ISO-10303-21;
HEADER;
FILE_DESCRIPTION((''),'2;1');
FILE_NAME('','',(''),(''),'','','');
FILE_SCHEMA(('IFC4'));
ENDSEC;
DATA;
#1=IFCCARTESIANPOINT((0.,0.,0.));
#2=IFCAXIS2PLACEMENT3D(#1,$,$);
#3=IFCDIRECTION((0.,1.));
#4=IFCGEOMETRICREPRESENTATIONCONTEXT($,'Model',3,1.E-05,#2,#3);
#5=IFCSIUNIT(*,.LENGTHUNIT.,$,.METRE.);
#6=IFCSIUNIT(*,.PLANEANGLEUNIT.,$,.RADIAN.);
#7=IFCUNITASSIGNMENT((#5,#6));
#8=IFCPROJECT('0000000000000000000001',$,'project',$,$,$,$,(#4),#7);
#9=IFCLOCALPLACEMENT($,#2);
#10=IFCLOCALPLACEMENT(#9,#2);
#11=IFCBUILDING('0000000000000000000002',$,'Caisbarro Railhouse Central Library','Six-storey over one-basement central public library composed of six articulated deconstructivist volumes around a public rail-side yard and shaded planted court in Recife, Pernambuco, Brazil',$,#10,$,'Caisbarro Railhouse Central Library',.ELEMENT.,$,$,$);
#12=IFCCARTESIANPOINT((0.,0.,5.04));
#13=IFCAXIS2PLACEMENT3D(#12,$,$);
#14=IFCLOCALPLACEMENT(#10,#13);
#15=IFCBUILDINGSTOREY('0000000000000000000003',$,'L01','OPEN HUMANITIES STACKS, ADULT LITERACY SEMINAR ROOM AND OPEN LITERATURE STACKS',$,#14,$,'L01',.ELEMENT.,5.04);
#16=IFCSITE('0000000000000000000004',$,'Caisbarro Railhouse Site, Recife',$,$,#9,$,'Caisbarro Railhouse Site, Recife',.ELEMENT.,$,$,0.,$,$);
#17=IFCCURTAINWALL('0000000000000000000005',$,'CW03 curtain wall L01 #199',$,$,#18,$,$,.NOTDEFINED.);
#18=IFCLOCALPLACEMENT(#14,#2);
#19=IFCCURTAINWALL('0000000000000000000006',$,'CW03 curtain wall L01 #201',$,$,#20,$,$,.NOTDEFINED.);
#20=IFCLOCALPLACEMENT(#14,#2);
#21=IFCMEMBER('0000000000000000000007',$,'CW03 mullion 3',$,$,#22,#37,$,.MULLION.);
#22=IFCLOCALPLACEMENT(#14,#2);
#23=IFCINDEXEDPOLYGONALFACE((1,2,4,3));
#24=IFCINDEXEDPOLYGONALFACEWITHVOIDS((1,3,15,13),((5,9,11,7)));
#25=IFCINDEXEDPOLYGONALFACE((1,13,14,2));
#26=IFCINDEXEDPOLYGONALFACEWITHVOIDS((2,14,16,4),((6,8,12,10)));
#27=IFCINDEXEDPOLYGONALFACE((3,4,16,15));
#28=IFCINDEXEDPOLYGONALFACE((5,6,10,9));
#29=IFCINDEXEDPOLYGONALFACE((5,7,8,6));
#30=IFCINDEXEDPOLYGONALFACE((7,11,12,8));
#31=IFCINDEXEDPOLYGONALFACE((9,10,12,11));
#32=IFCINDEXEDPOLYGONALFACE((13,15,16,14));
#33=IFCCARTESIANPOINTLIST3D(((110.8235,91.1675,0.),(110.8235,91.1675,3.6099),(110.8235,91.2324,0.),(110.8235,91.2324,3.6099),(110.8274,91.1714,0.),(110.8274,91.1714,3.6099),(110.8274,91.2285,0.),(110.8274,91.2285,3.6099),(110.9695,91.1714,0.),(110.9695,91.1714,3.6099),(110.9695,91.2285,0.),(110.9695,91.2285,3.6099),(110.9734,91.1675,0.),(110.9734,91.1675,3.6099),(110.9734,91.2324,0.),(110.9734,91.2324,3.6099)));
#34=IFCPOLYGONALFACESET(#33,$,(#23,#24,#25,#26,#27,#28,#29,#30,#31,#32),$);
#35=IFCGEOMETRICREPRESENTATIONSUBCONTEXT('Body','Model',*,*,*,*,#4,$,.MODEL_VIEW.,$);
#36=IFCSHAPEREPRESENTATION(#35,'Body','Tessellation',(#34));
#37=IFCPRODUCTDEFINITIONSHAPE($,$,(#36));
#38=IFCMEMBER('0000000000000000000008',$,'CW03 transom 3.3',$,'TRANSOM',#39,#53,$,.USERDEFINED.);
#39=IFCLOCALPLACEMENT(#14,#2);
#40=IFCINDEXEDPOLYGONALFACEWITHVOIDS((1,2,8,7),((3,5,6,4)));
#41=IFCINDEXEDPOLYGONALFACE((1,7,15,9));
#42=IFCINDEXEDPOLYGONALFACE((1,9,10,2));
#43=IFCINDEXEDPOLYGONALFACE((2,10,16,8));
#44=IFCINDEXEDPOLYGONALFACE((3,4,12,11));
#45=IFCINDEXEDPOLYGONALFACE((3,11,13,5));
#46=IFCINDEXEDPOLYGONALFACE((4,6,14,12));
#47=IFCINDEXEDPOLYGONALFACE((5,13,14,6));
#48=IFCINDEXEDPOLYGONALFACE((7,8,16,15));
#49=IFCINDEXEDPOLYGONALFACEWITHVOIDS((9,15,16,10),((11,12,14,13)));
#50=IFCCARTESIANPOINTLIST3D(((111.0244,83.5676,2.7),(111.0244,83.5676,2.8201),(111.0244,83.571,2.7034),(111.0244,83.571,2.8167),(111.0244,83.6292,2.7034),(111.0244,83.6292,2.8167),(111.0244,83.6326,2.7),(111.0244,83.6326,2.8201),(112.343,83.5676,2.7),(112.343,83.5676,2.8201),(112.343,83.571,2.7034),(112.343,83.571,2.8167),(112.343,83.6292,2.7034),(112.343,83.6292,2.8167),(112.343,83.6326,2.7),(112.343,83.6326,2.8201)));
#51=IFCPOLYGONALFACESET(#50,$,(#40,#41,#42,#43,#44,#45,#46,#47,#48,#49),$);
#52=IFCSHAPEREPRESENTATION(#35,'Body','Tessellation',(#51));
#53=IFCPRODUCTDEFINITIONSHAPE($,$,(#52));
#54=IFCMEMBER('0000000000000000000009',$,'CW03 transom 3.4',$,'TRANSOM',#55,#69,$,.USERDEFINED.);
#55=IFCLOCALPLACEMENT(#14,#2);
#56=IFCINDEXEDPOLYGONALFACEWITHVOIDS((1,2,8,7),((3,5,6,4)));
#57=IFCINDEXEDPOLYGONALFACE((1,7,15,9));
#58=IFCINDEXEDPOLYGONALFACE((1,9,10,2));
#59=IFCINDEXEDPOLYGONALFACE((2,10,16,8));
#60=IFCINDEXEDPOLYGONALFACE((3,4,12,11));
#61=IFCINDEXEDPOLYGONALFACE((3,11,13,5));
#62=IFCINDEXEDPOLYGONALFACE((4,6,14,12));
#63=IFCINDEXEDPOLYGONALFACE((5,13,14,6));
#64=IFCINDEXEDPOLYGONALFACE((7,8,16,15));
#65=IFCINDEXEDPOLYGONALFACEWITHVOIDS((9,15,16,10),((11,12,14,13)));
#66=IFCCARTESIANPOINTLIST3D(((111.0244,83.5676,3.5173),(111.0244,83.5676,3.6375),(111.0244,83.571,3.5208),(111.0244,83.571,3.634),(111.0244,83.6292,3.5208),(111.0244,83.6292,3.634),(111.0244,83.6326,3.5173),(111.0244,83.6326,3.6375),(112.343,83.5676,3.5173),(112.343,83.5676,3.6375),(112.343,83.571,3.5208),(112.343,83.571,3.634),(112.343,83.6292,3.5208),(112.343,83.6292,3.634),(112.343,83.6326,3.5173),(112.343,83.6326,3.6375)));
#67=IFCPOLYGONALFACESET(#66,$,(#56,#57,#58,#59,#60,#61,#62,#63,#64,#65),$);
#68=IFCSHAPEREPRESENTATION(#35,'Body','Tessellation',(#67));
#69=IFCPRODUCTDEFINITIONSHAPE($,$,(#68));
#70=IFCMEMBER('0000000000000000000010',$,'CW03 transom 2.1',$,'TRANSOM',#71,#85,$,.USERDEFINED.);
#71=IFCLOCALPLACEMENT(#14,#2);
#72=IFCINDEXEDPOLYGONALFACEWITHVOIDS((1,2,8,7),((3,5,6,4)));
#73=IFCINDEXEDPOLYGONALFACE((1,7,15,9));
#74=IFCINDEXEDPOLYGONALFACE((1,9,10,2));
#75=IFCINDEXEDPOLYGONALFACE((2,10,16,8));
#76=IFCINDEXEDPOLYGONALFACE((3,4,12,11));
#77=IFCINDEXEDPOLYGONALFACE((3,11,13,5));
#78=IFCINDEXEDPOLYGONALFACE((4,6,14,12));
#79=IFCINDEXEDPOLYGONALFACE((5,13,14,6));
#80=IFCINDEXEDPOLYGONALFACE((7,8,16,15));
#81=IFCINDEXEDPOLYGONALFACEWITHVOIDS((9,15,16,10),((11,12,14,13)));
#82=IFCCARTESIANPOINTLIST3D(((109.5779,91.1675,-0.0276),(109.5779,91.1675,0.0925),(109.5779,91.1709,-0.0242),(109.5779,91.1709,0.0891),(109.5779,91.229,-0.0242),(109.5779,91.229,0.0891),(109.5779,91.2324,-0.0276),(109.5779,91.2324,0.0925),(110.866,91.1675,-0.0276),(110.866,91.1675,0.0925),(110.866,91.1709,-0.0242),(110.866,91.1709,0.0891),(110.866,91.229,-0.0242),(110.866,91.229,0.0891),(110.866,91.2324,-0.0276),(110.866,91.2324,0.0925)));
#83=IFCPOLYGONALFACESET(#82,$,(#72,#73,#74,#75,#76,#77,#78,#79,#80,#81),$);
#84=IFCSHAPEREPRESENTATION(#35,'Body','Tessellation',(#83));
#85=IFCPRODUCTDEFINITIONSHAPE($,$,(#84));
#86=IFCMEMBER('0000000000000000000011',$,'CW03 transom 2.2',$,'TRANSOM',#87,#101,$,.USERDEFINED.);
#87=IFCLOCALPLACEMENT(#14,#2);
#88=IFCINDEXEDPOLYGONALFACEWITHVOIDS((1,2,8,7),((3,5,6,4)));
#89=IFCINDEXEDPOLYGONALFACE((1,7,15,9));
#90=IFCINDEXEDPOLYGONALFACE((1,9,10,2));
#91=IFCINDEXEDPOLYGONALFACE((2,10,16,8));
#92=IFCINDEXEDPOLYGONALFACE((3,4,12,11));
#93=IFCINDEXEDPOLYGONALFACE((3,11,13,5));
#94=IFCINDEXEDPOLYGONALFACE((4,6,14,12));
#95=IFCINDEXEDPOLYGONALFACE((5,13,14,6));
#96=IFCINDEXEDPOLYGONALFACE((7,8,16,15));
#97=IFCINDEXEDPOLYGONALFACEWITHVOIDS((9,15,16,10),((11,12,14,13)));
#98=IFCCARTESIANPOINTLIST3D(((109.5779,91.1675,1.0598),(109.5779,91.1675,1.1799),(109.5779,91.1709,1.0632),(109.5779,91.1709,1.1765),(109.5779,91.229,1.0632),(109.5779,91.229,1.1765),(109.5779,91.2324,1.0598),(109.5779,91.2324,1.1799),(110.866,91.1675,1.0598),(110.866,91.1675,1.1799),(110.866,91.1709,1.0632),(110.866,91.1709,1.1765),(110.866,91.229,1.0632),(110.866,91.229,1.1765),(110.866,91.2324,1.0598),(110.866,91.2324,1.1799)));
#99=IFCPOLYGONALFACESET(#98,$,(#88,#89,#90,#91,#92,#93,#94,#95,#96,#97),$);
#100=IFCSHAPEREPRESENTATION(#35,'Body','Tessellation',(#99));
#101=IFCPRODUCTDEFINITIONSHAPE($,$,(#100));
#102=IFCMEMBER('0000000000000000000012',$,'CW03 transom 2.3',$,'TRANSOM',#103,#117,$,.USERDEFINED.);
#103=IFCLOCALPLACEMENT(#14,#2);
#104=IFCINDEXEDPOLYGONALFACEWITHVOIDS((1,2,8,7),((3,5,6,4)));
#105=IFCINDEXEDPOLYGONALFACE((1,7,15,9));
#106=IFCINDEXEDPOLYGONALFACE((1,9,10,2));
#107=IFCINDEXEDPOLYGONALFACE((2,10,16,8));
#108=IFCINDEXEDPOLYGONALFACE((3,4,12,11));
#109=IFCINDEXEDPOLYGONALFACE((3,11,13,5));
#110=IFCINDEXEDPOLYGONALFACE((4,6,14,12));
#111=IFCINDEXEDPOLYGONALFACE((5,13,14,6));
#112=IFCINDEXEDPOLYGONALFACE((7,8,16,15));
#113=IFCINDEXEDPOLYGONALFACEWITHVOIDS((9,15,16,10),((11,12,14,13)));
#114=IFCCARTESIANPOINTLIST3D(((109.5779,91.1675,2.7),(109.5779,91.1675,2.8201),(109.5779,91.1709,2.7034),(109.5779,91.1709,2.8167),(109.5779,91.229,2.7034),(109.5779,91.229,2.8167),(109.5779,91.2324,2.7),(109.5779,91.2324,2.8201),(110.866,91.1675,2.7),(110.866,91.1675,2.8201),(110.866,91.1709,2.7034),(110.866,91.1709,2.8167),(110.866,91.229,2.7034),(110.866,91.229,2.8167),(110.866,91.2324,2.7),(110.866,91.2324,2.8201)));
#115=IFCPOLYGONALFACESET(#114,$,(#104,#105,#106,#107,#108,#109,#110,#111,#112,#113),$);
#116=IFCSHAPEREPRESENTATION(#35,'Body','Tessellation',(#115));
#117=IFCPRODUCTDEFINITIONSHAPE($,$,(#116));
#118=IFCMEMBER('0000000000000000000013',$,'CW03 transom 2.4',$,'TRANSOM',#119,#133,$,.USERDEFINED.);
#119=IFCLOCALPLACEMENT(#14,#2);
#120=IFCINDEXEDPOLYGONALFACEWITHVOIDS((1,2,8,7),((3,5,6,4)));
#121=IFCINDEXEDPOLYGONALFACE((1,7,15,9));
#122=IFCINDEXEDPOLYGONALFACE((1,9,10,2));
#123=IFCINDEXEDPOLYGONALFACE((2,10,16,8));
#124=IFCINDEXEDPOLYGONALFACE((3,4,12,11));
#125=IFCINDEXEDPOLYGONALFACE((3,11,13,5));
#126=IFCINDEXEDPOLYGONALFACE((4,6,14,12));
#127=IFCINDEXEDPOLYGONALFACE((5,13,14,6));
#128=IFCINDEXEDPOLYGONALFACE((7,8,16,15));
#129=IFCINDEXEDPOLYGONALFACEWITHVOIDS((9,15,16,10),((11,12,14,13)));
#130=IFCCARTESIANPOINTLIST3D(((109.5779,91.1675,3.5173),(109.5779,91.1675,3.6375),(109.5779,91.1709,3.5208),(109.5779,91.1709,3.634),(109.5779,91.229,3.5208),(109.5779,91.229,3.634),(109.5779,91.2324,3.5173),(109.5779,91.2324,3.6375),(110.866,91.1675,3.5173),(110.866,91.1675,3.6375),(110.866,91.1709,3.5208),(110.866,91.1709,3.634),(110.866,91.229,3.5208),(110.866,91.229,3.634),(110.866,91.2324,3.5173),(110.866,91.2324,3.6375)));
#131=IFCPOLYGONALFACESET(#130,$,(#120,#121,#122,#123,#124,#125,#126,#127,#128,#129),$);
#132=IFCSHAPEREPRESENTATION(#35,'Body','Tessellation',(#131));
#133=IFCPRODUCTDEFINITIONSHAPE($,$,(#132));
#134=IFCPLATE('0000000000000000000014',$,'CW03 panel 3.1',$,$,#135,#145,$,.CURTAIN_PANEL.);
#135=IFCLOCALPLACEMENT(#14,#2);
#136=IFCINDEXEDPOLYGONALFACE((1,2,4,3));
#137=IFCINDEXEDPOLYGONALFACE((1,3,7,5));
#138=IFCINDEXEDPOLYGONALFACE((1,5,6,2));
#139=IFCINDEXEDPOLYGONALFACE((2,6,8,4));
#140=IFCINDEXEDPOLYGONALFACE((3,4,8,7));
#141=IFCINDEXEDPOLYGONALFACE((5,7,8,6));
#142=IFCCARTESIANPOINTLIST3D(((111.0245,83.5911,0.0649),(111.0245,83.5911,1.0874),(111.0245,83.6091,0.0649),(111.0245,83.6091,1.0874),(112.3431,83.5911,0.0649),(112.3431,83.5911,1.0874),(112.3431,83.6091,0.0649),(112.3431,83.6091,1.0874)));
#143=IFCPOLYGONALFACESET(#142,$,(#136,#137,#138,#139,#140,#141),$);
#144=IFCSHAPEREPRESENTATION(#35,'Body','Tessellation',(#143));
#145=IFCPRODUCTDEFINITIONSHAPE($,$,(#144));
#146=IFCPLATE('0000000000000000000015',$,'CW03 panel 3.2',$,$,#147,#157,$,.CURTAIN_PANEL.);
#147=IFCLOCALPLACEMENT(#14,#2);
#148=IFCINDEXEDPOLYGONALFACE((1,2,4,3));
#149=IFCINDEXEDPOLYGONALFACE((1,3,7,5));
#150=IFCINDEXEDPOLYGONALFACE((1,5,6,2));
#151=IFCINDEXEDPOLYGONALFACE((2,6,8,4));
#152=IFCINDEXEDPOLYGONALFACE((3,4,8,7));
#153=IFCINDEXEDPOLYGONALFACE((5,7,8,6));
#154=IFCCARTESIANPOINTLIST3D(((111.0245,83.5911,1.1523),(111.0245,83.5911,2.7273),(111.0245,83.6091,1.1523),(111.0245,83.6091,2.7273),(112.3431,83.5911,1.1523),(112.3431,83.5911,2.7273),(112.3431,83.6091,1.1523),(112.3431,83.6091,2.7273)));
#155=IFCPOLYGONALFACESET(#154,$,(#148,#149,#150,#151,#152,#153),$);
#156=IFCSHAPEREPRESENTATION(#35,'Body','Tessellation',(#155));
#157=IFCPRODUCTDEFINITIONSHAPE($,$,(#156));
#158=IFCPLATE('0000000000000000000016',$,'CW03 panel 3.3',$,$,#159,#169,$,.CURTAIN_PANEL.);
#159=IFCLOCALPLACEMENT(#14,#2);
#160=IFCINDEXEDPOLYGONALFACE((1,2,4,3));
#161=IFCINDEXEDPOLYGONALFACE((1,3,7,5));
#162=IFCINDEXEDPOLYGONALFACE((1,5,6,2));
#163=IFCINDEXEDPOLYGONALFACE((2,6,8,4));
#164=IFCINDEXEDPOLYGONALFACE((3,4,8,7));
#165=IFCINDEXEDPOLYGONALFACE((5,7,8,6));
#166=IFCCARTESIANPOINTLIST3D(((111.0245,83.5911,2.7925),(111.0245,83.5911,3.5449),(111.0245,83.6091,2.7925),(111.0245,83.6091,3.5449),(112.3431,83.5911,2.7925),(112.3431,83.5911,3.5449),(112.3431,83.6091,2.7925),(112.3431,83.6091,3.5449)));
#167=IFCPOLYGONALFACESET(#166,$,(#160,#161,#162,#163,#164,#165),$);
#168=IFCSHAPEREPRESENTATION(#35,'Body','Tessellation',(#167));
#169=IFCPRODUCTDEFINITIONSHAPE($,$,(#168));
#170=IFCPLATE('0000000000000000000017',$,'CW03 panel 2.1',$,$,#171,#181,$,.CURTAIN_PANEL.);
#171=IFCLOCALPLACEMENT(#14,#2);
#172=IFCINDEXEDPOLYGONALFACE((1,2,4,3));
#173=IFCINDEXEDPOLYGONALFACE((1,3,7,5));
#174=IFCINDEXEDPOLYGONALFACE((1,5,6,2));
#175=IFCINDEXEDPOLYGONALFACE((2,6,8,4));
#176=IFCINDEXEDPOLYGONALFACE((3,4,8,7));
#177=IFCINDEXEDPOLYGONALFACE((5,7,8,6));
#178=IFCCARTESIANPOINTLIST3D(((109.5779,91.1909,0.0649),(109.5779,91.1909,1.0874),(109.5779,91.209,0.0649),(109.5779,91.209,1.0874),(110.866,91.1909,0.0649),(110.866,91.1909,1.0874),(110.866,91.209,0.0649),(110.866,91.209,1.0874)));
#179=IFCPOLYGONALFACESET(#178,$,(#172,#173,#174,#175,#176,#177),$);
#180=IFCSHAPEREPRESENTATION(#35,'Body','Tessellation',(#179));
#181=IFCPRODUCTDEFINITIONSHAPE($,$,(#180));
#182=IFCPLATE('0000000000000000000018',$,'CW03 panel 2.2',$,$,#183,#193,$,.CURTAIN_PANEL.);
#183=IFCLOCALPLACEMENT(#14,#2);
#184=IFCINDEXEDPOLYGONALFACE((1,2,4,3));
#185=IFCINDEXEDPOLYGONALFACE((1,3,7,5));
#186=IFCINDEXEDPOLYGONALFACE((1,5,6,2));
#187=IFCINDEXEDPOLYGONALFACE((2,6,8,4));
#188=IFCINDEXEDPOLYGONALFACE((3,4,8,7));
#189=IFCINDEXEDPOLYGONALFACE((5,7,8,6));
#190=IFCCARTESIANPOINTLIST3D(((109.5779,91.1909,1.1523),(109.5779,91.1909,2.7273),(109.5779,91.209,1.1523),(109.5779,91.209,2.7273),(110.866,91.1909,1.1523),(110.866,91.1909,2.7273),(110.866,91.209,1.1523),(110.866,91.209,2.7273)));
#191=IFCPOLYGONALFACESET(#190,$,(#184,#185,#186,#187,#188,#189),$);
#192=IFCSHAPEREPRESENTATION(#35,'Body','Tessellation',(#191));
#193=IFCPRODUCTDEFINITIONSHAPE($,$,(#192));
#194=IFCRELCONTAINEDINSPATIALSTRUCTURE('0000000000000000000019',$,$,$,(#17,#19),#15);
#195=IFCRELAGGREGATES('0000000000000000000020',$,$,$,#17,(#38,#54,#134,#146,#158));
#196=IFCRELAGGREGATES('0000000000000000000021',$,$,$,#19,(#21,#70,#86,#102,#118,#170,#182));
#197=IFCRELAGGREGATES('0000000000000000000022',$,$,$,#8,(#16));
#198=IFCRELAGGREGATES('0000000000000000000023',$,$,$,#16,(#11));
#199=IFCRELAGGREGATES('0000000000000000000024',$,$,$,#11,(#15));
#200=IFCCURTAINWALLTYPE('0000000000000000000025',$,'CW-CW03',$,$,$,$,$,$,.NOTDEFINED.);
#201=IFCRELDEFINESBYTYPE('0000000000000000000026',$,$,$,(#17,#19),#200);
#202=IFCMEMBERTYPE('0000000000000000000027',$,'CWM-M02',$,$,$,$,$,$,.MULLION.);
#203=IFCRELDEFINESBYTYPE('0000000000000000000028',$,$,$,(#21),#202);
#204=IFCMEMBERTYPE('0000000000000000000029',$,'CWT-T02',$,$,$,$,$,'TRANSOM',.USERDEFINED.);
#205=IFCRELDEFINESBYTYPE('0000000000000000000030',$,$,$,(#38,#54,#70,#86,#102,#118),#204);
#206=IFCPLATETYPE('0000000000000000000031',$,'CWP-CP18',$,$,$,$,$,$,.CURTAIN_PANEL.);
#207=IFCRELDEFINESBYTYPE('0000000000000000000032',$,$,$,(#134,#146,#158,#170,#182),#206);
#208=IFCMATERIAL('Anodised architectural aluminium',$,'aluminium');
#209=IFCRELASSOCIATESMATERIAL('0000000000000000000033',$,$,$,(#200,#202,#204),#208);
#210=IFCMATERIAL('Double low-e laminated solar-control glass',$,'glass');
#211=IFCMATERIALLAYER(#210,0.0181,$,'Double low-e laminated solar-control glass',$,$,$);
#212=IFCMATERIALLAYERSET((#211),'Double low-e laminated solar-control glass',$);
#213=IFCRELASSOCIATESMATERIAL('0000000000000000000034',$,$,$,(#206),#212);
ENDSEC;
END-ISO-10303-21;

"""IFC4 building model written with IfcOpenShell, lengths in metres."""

from ifc_helpers import new_model, si_unit, direction, frame, origin, origin_2d, place, context, subcontext, project, spatial, rectangle, hollow_rectangle, extrude, material, layer, layer_set, material_profile, profile_set, type_object, element, aggregate, save


model = new_model("IFC4")

# Units and contexts
model_context = context("Model", 3, precision=1e-05, world=origin(), true_north=direction((0.0, 1.0)))
body_context = subcontext(model_context, "Body", "Model", "MODEL_VIEW")
ifc_project = project(units=[si_unit("LENGTHUNIT", "METRE"), si_unit("PLANEANGLEUNIT", "RADIAN")], contexts=[model_context])

# Site, building, storey
site_placement = place(None, origin())
site = spatial("IfcSite", under=ifc_project, at=site_placement, Name="Caisbarro Railhouse Site, Recife", LongName="Caisbarro Railhouse Site, Recife", CompositionType="ELEMENT", RefElevation=0.0)
building_placement = place(site_placement, origin())
building = spatial("IfcBuilding", under=site, at=building_placement, Name="Caisbarro Railhouse Central Library", Description="Six-storey over one-basement central public library composed of six articulated deconstructivist volumes around a public rail-side yard and shaded planted court in Recife, Pernambuco, Brazil", LongName="Caisbarro Railhouse Central Library", CompositionType="ELEMENT")
storey_placement = place(building_placement, frame((0.0, 0.0, 5.04)))
storey = spatial("IfcBuildingStorey", under=building, at=storey_placement, Name="L01", Description="OPEN HUMANITIES STACKS, ADULT LITERACY SEMINAR ROOM AND OPEN LITERATURE STACKS", LongName="L01", CompositionType="ELEMENT", Elevation=5.04)

# Curtain wall
ifc_material_1 = material(Name="Anodised architectural aluminium", Category="aluminium")
curtain_wall_type = type_object("IfcCurtainWallType", Name="CW-CW03", PredefinedType="NOTDEFINED", material=ifc_material_1)
curtain_wall_1_placement = place(storey_placement, origin())
curtain_wall_1 = element("IfcCurtainWall", 1, at=curtain_wall_1_placement, inside=storey, type_object=curtain_wall_type, Name="CW03 curtain wall L01 #199", PredefinedType="NOTDEFINED")
ifc_material_profile_1 = material_profile(ifc_material_1, hollow_rectangle(XDim=0.0649, YDim=0.1499, WallThickness=0.0039, at=origin_2d()), Name="ALU-MUL-65X150")
ifc_profile_set_1 = profile_set([ifc_material_profile_1], Name="Anodised architectural aluminium")
member_type_1 = type_object("IfcMemberType", Name="CWM-M02", PredefinedType="MULLION", material=ifc_profile_set_1)

# Curtain wall, member
curtain_wall_2_placement = place(storey_placement, origin())
curtain_wall_2 = element("IfcCurtainWall", 2, at=curtain_wall_2_placement, inside=storey, type_object=curtain_wall_type, Name="CW03 curtain wall L01 #201", PredefinedType="NOTDEFINED")
member_1_placement = place(storey_placement, frame((110.8984, 91.2, 0.0), z_axis=(0.0, 0.0, 1.0), x_axis=(0.0, 1.0, 0.0)))
member_1 = element("IfcMember", 3, at=member_1_placement, type_object=member_type_1, Name="CW03 mullion 3", PredefinedType="MULLION", context=body_context, shape_type="SweptSolid", body=[
    extrude(hollow_rectangle(XDim=0.0649, YDim=0.1499, WallThickness=0.0039, at=origin_2d()), origin(), (0.0, 0.0, 1.0), 3.6099),
])

# Members
ifc_material_profile_2 = material_profile(ifc_material_1, hollow_rectangle(XDim=0.0649, YDim=0.1201, WallThickness=0.0034, at=origin_2d()), Name="ALU-TRN-65X120")
ifc_profile_set_2 = profile_set([ifc_material_profile_2], Name="Anodised architectural aluminium")
member_type_2 = type_object("IfcMemberType", Name="CWT-T02", ElementType="TRANSOM", PredefinedType="USERDEFINED", material=ifc_profile_set_2)
member_2_placement = place(storey_placement, frame((111.0244, 83.6001, 2.76), z_axis=(1.0, 0.0, 0.0), x_axis=(0.0, 1.0, 0.0)))
member_2 = element("IfcMember", 4, at=member_2_placement, type_object=member_type_2, Name="CW03 transom 3.3", ObjectType="TRANSOM", PredefinedType="USERDEFINED", context=body_context, shape_type="SweptSolid", body=[
    extrude(hollow_rectangle(XDim=0.0649, YDim=0.1201, WallThickness=0.0034, at=origin_2d()), origin(), (0.0, 0.0, 1.0), 1.3186),
])
member_3_placement = place(storey_placement, frame((111.0244, 83.6001, 3.5774), z_axis=(1.0, 0.0, 0.0), x_axis=(0.0, 1.0, 0.0)))
member_3 = element("IfcMember", 5, at=member_3_placement, type_object=member_type_2, Name="CW03 transom 3.4", ObjectType="TRANSOM", PredefinedType="USERDEFINED", context=body_context, shape_type="SweptSolid", body=[
    extrude(hollow_rectangle(XDim=0.0649, YDim=0.1201, WallThickness=0.0034, at=origin_2d()), origin(), (0.0, 0.0, 1.0), 1.3186),
])
member_4_placement = place(storey_placement, frame((109.5779, 91.2, 0.0325), z_axis=(1.0, 0.0, 0.0), x_axis=(0.0, 1.0, 0.0)))
member_4 = element("IfcMember", 6, at=member_4_placement, type_object=member_type_2, Name="CW03 transom 2.1", ObjectType="TRANSOM", PredefinedType="USERDEFINED", context=body_context, shape_type="SweptSolid", body=[
    extrude(hollow_rectangle(XDim=0.0649, YDim=0.1201, WallThickness=0.0034, at=origin_2d()), origin(), (0.0, 0.0, 1.0), 1.2881),
])
member_5_placement = place(storey_placement, frame((109.5779, 91.2, 1.1199), z_axis=(1.0, 0.0, 0.0), x_axis=(0.0, 1.0, 0.0)))
member_5 = element("IfcMember", 7, at=member_5_placement, type_object=member_type_2, Name="CW03 transom 2.2", ObjectType="TRANSOM", PredefinedType="USERDEFINED", context=body_context, shape_type="SweptSolid", body=[
    extrude(hollow_rectangle(XDim=0.0649, YDim=0.1201, WallThickness=0.0034, at=origin_2d()), origin(), (0.0, 0.0, 1.0), 1.2881),
])
member_6_placement = place(storey_placement, frame((109.5779, 91.2, 2.76), z_axis=(1.0, 0.0, 0.0), x_axis=(0.0, 1.0, 0.0)))
member_6 = element("IfcMember", 8, at=member_6_placement, type_object=member_type_2, Name="CW03 transom 2.3", ObjectType="TRANSOM", PredefinedType="USERDEFINED", context=body_context, shape_type="SweptSolid", body=[
    extrude(hollow_rectangle(XDim=0.0649, YDim=0.1201, WallThickness=0.0034, at=origin_2d()), origin(), (0.0, 0.0, 1.0), 1.2881),
])
member_7_placement = place(storey_placement, frame((109.5779, 91.2, 3.5774), z_axis=(1.0, 0.0, 0.0), x_axis=(0.0, 1.0, 0.0)))
member_7 = element("IfcMember", 9, at=member_7_placement, type_object=member_type_2, Name="CW03 transom 2.4", ObjectType="TRANSOM", PredefinedType="USERDEFINED", context=body_context, shape_type="SweptSolid", body=[
    extrude(hollow_rectangle(XDim=0.0649, YDim=0.1201, WallThickness=0.0034, at=origin_2d()), origin(), (0.0, 0.0, 1.0), 1.2881),
])

# Plates
ifc_material_2 = material(Name="Double low-e laminated solar-control glass", Category="glass")
ifc_layer_1 = layer(ifc_material_2, 0.0181, Name="Double low-e laminated solar-control glass")
ifc_layer_set_1 = layer_set([ifc_layer_1], Name="Double low-e laminated solar-control glass")
plate_type_1 = type_object("IfcPlateType", Name="CWP-CP18", PredefinedType="CURTAIN_PANEL", material=ifc_layer_set_1)
plate_1_placement = place(storey_placement, frame((111.6838, 83.6001, 0.0649), z_axis=(0.0, 0.0, 1.0), x_axis=(1.0, 0.0, 0.0)))
plate_1 = element("IfcPlate", 10, at=plate_1_placement, type_object=plate_type_1, Name="CW03 panel 3.1", PredefinedType="CURTAIN_PANEL", context=body_context, shape_type="SweptSolid", body=[
    extrude(rectangle(XDim=1.3186, YDim=0.0181, at=origin_2d()), origin(), (0.0, 0.0, 1.0), 1.0225),
])
plate_2_placement = place(storey_placement, frame((111.6838, 83.6001, 1.1523), z_axis=(0.0, 0.0, 1.0), x_axis=(1.0, 0.0, 0.0)))
plate_2 = element("IfcPlate", 11, at=plate_2_placement, type_object=plate_type_1, Name="CW03 panel 3.2", PredefinedType="CURTAIN_PANEL", context=body_context, shape_type="SweptSolid", body=[
    extrude(rectangle(XDim=1.3186, YDim=0.0181, at=origin_2d()), origin(), (0.0, 0.0, 1.0), 1.575),
])
plate_3_placement = place(storey_placement, frame((111.6838, 83.6001, 2.7925), z_axis=(0.0, 0.0, 1.0), x_axis=(1.0, 0.0, 0.0)))
plate_3 = element("IfcPlate", 12, at=plate_3_placement, type_object=plate_type_1, Name="CW03 panel 3.3", PredefinedType="CURTAIN_PANEL", context=body_context, shape_type="SweptSolid", body=[
    extrude(rectangle(XDim=1.3186, YDim=0.0181, at=origin_2d()), origin(), (0.0, 0.0, 1.0), 0.7524),
])
aggregate(curtain_wall_1, [member_2, member_3, plate_1, plate_2, plate_3])
plate_4_placement = place(storey_placement, frame((110.2219, 91.2, 0.0649), z_axis=(0.0, 0.0, 1.0), x_axis=(1.0, 0.0, 0.0)))
plate_4 = element("IfcPlate", 13, at=plate_4_placement, type_object=plate_type_1, Name="CW03 panel 2.1", PredefinedType="CURTAIN_PANEL", context=body_context, shape_type="SweptSolid", body=[
    extrude(rectangle(XDim=1.2881, YDim=0.0181, at=origin_2d()), origin(), (0.0, 0.0, 1.0), 1.0225),
])
plate_5_placement = place(storey_placement, frame((110.2219, 91.2, 1.1523), z_axis=(0.0, 0.0, 1.0), x_axis=(1.0, 0.0, 0.0)))
plate_5 = element("IfcPlate", 14, at=plate_5_placement, type_object=plate_type_1, Name="CW03 panel 2.2", PredefinedType="CURTAIN_PANEL", context=body_context, shape_type="SweptSolid", body=[
    extrude(rectangle(XDim=1.2881, YDim=0.0181, at=origin_2d()), origin(), (0.0, 0.0, 1.0), 1.575),
])
aggregate(curtain_wall_2, [member_1, member_4, member_5, member_6, member_7, plate_4, plate_5])

save(model, "model.ifc")
